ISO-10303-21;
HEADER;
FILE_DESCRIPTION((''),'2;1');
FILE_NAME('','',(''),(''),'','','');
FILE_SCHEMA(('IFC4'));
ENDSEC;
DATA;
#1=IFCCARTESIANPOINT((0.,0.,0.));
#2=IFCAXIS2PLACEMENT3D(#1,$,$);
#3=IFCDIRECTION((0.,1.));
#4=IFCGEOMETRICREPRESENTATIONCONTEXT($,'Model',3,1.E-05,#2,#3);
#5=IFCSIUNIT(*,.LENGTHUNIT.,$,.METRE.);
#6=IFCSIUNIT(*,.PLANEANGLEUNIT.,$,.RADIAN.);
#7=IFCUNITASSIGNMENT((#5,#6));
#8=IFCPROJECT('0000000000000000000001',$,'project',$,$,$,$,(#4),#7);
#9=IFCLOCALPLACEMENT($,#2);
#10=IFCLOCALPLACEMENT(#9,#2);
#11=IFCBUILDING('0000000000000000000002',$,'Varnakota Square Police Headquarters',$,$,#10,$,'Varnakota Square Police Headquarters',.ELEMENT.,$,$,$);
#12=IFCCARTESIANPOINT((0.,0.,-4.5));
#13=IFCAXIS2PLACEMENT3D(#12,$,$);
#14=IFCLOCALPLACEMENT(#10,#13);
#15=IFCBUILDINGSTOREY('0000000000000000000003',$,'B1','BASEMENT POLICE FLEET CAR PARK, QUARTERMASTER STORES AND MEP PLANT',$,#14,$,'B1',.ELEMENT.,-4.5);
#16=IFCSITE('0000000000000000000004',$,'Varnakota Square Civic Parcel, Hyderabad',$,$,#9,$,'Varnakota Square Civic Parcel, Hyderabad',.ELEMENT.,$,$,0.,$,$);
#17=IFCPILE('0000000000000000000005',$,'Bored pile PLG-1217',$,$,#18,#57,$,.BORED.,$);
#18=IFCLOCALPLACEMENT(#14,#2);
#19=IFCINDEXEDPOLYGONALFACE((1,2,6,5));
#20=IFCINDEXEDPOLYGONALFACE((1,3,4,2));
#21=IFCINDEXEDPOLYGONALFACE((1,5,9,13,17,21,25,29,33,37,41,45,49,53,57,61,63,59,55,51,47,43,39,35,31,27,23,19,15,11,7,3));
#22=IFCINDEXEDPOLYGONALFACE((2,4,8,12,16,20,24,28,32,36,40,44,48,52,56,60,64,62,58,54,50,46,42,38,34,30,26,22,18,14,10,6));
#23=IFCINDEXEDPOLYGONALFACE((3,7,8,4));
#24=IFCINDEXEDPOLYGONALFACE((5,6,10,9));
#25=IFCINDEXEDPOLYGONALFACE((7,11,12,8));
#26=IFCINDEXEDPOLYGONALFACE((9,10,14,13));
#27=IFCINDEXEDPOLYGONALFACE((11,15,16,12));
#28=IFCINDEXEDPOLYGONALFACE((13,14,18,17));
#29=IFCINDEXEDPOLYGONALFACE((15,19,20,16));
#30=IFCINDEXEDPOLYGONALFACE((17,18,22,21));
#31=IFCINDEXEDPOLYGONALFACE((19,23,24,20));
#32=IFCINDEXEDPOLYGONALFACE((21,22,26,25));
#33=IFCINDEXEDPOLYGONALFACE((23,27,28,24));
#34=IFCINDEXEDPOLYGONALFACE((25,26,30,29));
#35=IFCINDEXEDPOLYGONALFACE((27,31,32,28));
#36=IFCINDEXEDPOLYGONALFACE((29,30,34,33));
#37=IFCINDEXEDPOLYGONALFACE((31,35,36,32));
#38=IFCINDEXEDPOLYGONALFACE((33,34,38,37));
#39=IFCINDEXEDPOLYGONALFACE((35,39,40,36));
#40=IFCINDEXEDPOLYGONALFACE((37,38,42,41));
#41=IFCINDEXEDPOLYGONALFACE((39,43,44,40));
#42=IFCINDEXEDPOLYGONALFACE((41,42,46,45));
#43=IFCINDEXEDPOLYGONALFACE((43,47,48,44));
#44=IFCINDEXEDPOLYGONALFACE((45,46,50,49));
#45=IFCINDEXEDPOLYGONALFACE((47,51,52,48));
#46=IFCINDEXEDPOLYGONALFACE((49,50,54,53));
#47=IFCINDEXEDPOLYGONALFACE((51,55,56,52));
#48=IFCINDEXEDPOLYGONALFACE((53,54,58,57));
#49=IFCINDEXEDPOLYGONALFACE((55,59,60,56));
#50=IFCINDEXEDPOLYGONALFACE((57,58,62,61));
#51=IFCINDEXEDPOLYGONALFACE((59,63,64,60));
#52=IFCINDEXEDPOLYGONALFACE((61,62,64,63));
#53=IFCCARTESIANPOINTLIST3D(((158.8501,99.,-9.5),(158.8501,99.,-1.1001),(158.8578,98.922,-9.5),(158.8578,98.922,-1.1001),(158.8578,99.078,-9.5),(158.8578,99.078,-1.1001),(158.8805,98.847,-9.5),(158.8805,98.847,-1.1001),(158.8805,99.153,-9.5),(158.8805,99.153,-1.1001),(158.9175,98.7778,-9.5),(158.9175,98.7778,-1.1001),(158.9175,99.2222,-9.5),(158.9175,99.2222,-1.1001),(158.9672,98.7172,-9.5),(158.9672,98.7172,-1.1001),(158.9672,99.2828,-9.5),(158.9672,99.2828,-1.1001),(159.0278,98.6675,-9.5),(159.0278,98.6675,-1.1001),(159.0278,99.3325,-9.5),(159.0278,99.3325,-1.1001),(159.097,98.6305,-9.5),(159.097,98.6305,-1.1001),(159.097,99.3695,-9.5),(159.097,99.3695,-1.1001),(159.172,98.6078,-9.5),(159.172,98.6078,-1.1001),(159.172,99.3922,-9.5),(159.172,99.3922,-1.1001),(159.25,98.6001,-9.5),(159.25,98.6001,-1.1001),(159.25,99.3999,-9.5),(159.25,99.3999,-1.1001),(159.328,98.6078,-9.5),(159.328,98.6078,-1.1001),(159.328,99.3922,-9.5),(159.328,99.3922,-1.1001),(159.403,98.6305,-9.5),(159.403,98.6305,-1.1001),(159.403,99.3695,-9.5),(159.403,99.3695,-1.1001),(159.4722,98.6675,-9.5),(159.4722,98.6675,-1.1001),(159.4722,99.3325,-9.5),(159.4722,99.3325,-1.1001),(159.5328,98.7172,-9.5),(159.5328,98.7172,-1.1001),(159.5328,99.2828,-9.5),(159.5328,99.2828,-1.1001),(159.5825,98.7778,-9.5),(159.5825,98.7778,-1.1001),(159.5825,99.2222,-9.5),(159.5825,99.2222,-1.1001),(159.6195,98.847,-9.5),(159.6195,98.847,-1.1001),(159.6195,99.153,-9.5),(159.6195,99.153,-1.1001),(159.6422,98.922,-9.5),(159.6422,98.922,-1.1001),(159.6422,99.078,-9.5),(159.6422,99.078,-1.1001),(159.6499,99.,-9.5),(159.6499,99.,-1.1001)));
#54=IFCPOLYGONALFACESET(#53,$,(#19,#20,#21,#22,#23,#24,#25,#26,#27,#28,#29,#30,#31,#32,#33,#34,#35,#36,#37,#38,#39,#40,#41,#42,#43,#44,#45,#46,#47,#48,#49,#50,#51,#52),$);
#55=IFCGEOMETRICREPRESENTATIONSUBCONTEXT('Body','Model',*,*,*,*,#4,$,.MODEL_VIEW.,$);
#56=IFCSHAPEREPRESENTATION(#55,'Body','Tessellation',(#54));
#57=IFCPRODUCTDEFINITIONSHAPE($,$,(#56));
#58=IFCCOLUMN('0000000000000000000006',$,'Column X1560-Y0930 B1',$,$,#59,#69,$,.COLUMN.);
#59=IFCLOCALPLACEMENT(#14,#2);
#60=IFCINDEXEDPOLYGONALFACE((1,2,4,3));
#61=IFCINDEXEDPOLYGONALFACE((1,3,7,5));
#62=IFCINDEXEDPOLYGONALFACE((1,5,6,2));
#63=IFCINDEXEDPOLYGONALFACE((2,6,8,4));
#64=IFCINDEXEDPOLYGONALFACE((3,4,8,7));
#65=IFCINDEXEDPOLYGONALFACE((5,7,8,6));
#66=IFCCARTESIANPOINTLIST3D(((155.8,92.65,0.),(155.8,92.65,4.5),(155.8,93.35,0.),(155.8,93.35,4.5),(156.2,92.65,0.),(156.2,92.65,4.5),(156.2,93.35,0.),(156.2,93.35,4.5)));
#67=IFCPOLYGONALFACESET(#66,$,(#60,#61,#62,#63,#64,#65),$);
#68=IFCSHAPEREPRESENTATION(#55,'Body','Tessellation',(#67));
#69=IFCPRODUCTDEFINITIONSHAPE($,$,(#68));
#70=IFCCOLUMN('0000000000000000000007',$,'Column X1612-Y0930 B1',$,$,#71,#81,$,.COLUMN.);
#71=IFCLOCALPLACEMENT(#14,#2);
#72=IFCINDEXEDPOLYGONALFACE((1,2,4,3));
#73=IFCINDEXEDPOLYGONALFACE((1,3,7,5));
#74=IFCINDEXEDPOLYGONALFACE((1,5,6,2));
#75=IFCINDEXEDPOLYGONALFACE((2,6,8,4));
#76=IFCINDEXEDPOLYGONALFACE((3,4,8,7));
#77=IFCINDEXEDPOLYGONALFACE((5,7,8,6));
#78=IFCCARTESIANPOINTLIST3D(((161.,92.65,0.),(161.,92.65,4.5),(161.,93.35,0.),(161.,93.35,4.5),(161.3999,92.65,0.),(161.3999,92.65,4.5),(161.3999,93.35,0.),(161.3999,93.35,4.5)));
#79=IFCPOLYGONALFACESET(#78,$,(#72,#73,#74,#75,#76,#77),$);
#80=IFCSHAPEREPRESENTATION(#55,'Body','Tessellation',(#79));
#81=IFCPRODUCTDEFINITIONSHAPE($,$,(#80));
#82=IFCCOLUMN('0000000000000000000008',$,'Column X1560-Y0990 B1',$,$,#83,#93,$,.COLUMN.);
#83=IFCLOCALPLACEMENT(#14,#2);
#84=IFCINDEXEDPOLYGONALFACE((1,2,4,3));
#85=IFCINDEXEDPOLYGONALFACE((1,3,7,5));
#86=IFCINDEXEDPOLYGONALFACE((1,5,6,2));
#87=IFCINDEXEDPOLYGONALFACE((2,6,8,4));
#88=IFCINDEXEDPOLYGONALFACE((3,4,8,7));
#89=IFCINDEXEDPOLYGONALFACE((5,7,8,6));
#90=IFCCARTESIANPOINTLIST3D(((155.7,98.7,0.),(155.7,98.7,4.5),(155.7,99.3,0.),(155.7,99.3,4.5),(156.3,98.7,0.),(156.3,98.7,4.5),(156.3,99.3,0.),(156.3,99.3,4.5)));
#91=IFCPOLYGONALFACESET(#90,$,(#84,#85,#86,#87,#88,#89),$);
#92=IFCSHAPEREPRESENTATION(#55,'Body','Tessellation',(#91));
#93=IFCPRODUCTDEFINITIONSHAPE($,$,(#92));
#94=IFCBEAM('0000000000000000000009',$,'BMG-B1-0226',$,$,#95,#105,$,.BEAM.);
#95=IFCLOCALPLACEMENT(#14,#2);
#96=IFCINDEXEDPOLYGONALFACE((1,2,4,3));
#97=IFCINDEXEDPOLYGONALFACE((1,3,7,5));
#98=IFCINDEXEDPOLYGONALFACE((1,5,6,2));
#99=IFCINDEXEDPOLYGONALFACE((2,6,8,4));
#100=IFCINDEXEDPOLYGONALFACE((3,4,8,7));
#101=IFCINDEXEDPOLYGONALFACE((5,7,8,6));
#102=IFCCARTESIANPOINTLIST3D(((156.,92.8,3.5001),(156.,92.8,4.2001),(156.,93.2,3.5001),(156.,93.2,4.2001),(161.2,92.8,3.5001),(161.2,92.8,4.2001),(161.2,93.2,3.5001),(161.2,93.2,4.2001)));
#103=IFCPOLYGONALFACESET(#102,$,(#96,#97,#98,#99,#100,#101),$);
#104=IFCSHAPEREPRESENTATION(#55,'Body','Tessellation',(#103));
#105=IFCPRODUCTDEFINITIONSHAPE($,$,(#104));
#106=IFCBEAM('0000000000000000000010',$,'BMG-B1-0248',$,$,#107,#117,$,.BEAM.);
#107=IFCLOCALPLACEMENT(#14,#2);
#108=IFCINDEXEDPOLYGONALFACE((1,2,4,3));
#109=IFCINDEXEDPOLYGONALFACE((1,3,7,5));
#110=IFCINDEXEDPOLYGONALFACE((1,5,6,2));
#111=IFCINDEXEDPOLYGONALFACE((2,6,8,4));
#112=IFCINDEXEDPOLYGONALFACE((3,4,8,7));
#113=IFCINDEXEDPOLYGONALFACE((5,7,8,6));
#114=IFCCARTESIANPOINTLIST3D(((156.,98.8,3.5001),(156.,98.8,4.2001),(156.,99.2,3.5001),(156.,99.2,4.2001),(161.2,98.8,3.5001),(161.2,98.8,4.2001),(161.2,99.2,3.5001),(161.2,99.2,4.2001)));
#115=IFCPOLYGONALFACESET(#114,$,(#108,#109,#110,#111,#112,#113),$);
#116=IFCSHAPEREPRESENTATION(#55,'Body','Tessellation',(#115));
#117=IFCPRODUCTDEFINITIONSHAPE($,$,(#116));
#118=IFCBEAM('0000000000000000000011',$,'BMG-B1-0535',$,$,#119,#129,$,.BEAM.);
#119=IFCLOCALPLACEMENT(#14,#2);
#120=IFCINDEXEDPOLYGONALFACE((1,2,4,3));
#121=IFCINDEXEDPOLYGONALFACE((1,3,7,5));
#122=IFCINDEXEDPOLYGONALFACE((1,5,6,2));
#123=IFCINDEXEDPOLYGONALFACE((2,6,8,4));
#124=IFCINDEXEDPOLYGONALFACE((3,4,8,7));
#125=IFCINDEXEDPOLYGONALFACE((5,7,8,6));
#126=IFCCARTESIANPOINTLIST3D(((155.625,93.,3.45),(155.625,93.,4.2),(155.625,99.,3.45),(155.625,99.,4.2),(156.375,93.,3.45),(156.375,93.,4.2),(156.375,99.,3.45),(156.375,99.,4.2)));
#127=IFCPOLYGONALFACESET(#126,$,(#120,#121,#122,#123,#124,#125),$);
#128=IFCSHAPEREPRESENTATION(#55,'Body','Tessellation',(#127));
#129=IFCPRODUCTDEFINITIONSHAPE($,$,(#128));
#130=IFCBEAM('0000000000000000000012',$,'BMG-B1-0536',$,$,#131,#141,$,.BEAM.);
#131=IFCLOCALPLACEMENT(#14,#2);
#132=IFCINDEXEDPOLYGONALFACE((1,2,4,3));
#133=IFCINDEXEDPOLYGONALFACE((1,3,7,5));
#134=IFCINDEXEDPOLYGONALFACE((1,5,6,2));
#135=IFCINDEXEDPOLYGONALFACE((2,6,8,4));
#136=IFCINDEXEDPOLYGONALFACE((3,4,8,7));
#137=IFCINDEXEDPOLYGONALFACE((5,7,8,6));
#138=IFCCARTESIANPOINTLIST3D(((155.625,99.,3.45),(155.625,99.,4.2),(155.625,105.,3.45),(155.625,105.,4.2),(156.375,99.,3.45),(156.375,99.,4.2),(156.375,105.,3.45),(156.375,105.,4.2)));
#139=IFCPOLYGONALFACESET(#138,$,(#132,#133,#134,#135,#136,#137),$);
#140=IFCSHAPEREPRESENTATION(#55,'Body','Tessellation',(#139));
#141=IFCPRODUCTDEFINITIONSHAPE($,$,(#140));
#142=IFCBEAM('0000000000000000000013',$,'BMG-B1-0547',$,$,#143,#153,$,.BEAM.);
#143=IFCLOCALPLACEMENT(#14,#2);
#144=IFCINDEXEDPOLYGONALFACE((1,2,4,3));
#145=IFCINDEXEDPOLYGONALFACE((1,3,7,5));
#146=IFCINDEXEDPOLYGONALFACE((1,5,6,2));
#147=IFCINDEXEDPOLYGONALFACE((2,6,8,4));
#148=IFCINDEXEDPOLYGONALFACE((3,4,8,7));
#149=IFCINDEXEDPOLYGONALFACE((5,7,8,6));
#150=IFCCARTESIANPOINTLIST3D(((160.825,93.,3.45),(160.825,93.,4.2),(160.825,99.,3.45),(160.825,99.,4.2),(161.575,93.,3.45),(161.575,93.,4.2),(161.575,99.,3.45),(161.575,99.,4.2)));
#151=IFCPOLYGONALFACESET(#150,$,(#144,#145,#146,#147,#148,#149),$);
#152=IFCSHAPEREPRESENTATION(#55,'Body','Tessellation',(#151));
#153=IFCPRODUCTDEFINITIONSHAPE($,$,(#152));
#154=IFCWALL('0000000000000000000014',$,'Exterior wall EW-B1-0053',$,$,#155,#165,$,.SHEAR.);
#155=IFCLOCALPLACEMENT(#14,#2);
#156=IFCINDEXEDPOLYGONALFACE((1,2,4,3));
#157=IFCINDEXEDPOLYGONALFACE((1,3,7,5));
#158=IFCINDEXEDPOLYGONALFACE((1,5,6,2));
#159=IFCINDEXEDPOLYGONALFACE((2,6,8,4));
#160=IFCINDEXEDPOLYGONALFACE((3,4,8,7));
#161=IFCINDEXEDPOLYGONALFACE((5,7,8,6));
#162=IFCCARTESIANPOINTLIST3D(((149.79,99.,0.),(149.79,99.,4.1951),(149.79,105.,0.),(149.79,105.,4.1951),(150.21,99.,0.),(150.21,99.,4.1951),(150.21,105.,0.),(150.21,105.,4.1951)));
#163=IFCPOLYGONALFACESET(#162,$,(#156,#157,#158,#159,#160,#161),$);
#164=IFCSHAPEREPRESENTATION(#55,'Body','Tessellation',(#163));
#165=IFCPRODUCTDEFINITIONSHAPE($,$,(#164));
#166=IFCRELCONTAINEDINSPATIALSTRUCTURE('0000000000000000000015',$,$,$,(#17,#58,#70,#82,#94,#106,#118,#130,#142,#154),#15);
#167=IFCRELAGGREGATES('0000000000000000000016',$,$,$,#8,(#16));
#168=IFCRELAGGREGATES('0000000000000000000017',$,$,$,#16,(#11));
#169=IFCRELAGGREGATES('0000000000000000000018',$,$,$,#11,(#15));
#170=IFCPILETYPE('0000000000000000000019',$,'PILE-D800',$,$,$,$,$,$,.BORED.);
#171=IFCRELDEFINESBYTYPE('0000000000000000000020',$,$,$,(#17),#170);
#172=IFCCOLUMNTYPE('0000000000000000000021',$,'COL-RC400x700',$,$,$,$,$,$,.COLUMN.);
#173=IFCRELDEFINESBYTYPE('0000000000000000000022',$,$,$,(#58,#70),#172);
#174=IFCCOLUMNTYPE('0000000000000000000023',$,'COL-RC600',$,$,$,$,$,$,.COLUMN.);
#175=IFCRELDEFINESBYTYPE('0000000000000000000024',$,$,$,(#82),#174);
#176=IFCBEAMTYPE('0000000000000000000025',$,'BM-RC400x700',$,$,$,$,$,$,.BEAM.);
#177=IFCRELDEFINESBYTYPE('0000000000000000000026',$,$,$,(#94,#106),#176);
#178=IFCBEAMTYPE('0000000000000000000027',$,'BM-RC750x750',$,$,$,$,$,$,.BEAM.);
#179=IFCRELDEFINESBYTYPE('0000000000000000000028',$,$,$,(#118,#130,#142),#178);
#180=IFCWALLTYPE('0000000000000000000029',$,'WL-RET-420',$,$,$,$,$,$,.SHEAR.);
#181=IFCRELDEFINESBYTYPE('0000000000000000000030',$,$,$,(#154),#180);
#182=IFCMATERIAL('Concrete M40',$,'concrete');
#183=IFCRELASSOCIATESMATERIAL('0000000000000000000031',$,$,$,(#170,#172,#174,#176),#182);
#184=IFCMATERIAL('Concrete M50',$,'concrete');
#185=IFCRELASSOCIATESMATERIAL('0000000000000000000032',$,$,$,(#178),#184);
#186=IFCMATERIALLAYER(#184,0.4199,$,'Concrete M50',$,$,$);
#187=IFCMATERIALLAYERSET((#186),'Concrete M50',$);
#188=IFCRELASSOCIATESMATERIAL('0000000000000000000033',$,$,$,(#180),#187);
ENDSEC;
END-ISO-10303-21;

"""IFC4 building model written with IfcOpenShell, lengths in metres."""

from ifc_helpers import new_model, si_unit, direction, frame, frame_2d, origin, origin_2d, place, context, subcontext, project, spatial, rectangle, circle, extrude, material, layer, layer_set, material_profile, profile_set, type_object, element, save


model = new_model("IFC4")

# Units and contexts
model_context = context("Model", 3, precision=1e-05, world=origin(), true_north=direction((0.0, 1.0)))
body_context = subcontext(model_context, "Body", "Model", "MODEL_VIEW")
ifc_project = project(units=[si_unit("LENGTHUNIT", "METRE"), si_unit("PLANEANGLEUNIT", "RADIAN")], contexts=[model_context])

# Site, building, storey
site_placement = place(None, origin())
site = spatial("IfcSite", under=ifc_project, at=site_placement, Name="Varnakota Square Civic Parcel, Hyderabad", LongName="Varnakota Square Civic Parcel, Hyderabad", CompositionType="ELEMENT", RefElevation=0.0)
building_placement = place(site_placement, origin())
building = spatial("IfcBuilding", under=site, at=building_placement, Name="Varnakota Square Police Headquarters", LongName="Varnakota Square Police Headquarters", CompositionType="ELEMENT")
storey_placement = place(building_placement, frame((0.0, 0.0, -4.5)))
storey = spatial("IfcBuildingStorey", under=building, at=storey_placement, Name="B1", Description="BASEMENT POLICE FLEET CAR PARK, QUARTERMASTER STORES AND MEP PLANT", LongName="B1", CompositionType="ELEMENT", Elevation=-4.5)

# Shared definitions
ifc_material_1 = material(Name="Concrete M40", Category="concrete")

# Pile
ifc_material_profile_1 = material_profile(ifc_material_1, circle(Radius=0.3999, at=origin_2d()), Name="BORED PILE 800")
ifc_profile_set_1 = profile_set([ifc_material_profile_1], Name="Concrete M40")
pile_type = type_object("IfcPileType", Name="PILE-D800", PredefinedType="BORED", material=ifc_profile_set_1)
for number, where, z_axis, x_axis, name in (
    (1, (159.25, 99.0, -1.1001), (0.0, 0.0, -1.0), (1.0, 0.0, 0.0), "Bored pile PLG-1217"),
):
    element("IfcPile", number, at=place(storey_placement, frame(where, z_axis=z_axis, x_axis=x_axis)), inside=storey, type_object=pile_type, Name=name, PredefinedType="BORED", context=body_context, shape_type="SweptSolid", body=[
        extrude(circle(Radius=0.3999, at=origin_2d()), origin(), (0.0, 0.0, 1.0), 8.3999),
    ])

# Columns
ifc_material_profile_2 = material_profile(ifc_material_1, rectangle(XDim=0.3999, YDim=0.7, at=origin_2d()), Name="RC 400x700")
ifc_profile_set_2 = profile_set([ifc_material_profile_2], Name="Concrete M40")
column_type_1 = type_object("IfcColumnType", Name="COL-RC400x700", PredefinedType="COLUMN", material=ifc_profile_set_2)
for number, where, z_axis, x_axis, name in (
    (2, (156.0, 93.0, 0.0), (0.0, 0.0, 1.0), (1.0, 0.0, 0.0), "Column X1560-Y0930 B1"),
    (3, (161.2, 93.0, 0.0), (0.0, 0.0, 1.0), (1.0, 0.0, 0.0), "Column X1612-Y0930 B1"),
):
    element("IfcColumn", number, at=place(storey_placement, frame(where, z_axis=z_axis, x_axis=x_axis)), inside=storey, type_object=column_type_1, Name=name, PredefinedType="COLUMN", context=body_context, shape_type="SweptSolid", body=[
        extrude(rectangle(XDim=0.3999, YDim=0.7, at=origin_2d()), origin(), (0.0, 0.0, 1.0), 4.5),
    ])
ifc_material_profile_3 = material_profile(ifc_material_1, rectangle(XDim=0.6001, YDim=0.6001, at=origin_2d()), Name="RC 600x600")
ifc_profile_set_3 = profile_set([ifc_material_profile_3], Name="Concrete M40")
column_type_2 = type_object("IfcColumnType", Name="COL-RC600", PredefinedType="COLUMN", material=ifc_profile_set_3)
column_placement = place(storey_placement, frame((156.0, 99.0, 0.0), z_axis=(0.0, 0.0, 1.0), x_axis=(1.0, 0.0, 0.0)))
element("IfcColumn", 4, at=column_placement, inside=storey, type_object=column_type_2, Name="Column X1560-Y0990 B1", PredefinedType="COLUMN", context=body_context, shape_type="SweptSolid", body=[
    extrude(rectangle(XDim=0.6001, YDim=0.6001, at=origin_2d()), origin(), (0.0, 0.0, 1.0), 4.5),
])

# Beams
ifc_material_profile_4 = material_profile(ifc_material_1, rectangle(XDim=0.3999, YDim=0.7, at=origin_2d()), Name="RC 400x700")
ifc_profile_set_4 = profile_set([ifc_material_profile_4], Name="Concrete M40")
beam_type_1 = type_object("IfcBeamType", Name="BM-RC400x700", PredefinedType="BEAM", material=ifc_profile_set_4)
for number, where, z_axis, x_axis, name in (
    (5, (156.0, 93.0, 3.8501), (1.0, 0.0, 0.0), (0.0, 1.0, 0.0), "BMG-B1-0226"),
    (6, (156.0, 99.0, 3.8501), (1.0, 0.0, 0.0), (0.0, 1.0, 0.0), "BMG-B1-0248"),
):
    element("IfcBeam", number, at=place(storey_placement, frame(where, z_axis=z_axis, x_axis=x_axis)), inside=storey, type_object=beam_type_1, Name=name, PredefinedType="BEAM", context=body_context, shape_type="SweptSolid", body=[
        extrude(rectangle(XDim=0.3999, YDim=0.7, at=origin_2d()), origin(), (0.0, 0.0, 1.0), 5.2),
    ])
ifc_material_2 = material(Name="Concrete M50", Category="concrete")
ifc_material_profile_5 = material_profile(ifc_material_2, rectangle(XDim=0.75, YDim=0.75, at=origin_2d()), Name="RC 750x750")
ifc_profile_set_5 = profile_set([ifc_material_profile_5], Name="Concrete M50")
beam_type_2 = type_object("IfcBeamType", Name="BM-RC750x750", PredefinedType="BEAM", material=ifc_profile_set_5)
for number, where, z_axis, x_axis, name in (
    (7, (156.0, 93.0, 3.825), (0.0, 1.0, 0.0), (-1.0, 0.0, 0.0), "BMG-B1-0535"),
    (8, (156.0, 99.0, 3.825), (0.0, 1.0, 0.0), (-1.0, 0.0, 0.0), "BMG-B1-0536"),
    (9, (161.2, 93.0, 3.825), (0.0, 1.0, 0.0), (-1.0, 0.0, 0.0), "BMG-B1-0547"),
):
    element("IfcBeam", number, at=place(storey_placement, frame(where, z_axis=z_axis, x_axis=x_axis)), inside=storey, type_object=beam_type_2, Name=name, PredefinedType="BEAM", context=body_context, shape_type="SweptSolid", body=[
        extrude(rectangle(XDim=0.75, YDim=0.75, at=origin_2d()), origin(), (0.0, 0.0, 1.0), 6.0),
    ])

# Wall
ifc_layer = layer(ifc_material_2, 0.4199, Name="Concrete M50")
ifc_layer_set = layer_set([ifc_layer], Name="Concrete M50")
wall_type = type_object("IfcWallType", Name="WL-RET-420", PredefinedType="SHEAR", material=ifc_layer_set)
wall_placement = place(storey_placement, frame((150.0, 99.0, 0.0), z_axis=(0.0, 0.0, 1.0), x_axis=(0.0, 1.0, 0.0)))
element("IfcWall", 10, at=wall_placement, inside=storey, type_object=wall_type, Name="Exterior wall EW-B1-0053", PredefinedType="SHEAR", context=body_context, shape_type="SweptSolid", body=[
    extrude(rectangle(XDim=6.0, YDim=0.4199, at=frame_2d((3.0, 0.0))), origin(), (0.0, 0.0, 1.0), 4.1951),
])

save(model, "model.ifc")
